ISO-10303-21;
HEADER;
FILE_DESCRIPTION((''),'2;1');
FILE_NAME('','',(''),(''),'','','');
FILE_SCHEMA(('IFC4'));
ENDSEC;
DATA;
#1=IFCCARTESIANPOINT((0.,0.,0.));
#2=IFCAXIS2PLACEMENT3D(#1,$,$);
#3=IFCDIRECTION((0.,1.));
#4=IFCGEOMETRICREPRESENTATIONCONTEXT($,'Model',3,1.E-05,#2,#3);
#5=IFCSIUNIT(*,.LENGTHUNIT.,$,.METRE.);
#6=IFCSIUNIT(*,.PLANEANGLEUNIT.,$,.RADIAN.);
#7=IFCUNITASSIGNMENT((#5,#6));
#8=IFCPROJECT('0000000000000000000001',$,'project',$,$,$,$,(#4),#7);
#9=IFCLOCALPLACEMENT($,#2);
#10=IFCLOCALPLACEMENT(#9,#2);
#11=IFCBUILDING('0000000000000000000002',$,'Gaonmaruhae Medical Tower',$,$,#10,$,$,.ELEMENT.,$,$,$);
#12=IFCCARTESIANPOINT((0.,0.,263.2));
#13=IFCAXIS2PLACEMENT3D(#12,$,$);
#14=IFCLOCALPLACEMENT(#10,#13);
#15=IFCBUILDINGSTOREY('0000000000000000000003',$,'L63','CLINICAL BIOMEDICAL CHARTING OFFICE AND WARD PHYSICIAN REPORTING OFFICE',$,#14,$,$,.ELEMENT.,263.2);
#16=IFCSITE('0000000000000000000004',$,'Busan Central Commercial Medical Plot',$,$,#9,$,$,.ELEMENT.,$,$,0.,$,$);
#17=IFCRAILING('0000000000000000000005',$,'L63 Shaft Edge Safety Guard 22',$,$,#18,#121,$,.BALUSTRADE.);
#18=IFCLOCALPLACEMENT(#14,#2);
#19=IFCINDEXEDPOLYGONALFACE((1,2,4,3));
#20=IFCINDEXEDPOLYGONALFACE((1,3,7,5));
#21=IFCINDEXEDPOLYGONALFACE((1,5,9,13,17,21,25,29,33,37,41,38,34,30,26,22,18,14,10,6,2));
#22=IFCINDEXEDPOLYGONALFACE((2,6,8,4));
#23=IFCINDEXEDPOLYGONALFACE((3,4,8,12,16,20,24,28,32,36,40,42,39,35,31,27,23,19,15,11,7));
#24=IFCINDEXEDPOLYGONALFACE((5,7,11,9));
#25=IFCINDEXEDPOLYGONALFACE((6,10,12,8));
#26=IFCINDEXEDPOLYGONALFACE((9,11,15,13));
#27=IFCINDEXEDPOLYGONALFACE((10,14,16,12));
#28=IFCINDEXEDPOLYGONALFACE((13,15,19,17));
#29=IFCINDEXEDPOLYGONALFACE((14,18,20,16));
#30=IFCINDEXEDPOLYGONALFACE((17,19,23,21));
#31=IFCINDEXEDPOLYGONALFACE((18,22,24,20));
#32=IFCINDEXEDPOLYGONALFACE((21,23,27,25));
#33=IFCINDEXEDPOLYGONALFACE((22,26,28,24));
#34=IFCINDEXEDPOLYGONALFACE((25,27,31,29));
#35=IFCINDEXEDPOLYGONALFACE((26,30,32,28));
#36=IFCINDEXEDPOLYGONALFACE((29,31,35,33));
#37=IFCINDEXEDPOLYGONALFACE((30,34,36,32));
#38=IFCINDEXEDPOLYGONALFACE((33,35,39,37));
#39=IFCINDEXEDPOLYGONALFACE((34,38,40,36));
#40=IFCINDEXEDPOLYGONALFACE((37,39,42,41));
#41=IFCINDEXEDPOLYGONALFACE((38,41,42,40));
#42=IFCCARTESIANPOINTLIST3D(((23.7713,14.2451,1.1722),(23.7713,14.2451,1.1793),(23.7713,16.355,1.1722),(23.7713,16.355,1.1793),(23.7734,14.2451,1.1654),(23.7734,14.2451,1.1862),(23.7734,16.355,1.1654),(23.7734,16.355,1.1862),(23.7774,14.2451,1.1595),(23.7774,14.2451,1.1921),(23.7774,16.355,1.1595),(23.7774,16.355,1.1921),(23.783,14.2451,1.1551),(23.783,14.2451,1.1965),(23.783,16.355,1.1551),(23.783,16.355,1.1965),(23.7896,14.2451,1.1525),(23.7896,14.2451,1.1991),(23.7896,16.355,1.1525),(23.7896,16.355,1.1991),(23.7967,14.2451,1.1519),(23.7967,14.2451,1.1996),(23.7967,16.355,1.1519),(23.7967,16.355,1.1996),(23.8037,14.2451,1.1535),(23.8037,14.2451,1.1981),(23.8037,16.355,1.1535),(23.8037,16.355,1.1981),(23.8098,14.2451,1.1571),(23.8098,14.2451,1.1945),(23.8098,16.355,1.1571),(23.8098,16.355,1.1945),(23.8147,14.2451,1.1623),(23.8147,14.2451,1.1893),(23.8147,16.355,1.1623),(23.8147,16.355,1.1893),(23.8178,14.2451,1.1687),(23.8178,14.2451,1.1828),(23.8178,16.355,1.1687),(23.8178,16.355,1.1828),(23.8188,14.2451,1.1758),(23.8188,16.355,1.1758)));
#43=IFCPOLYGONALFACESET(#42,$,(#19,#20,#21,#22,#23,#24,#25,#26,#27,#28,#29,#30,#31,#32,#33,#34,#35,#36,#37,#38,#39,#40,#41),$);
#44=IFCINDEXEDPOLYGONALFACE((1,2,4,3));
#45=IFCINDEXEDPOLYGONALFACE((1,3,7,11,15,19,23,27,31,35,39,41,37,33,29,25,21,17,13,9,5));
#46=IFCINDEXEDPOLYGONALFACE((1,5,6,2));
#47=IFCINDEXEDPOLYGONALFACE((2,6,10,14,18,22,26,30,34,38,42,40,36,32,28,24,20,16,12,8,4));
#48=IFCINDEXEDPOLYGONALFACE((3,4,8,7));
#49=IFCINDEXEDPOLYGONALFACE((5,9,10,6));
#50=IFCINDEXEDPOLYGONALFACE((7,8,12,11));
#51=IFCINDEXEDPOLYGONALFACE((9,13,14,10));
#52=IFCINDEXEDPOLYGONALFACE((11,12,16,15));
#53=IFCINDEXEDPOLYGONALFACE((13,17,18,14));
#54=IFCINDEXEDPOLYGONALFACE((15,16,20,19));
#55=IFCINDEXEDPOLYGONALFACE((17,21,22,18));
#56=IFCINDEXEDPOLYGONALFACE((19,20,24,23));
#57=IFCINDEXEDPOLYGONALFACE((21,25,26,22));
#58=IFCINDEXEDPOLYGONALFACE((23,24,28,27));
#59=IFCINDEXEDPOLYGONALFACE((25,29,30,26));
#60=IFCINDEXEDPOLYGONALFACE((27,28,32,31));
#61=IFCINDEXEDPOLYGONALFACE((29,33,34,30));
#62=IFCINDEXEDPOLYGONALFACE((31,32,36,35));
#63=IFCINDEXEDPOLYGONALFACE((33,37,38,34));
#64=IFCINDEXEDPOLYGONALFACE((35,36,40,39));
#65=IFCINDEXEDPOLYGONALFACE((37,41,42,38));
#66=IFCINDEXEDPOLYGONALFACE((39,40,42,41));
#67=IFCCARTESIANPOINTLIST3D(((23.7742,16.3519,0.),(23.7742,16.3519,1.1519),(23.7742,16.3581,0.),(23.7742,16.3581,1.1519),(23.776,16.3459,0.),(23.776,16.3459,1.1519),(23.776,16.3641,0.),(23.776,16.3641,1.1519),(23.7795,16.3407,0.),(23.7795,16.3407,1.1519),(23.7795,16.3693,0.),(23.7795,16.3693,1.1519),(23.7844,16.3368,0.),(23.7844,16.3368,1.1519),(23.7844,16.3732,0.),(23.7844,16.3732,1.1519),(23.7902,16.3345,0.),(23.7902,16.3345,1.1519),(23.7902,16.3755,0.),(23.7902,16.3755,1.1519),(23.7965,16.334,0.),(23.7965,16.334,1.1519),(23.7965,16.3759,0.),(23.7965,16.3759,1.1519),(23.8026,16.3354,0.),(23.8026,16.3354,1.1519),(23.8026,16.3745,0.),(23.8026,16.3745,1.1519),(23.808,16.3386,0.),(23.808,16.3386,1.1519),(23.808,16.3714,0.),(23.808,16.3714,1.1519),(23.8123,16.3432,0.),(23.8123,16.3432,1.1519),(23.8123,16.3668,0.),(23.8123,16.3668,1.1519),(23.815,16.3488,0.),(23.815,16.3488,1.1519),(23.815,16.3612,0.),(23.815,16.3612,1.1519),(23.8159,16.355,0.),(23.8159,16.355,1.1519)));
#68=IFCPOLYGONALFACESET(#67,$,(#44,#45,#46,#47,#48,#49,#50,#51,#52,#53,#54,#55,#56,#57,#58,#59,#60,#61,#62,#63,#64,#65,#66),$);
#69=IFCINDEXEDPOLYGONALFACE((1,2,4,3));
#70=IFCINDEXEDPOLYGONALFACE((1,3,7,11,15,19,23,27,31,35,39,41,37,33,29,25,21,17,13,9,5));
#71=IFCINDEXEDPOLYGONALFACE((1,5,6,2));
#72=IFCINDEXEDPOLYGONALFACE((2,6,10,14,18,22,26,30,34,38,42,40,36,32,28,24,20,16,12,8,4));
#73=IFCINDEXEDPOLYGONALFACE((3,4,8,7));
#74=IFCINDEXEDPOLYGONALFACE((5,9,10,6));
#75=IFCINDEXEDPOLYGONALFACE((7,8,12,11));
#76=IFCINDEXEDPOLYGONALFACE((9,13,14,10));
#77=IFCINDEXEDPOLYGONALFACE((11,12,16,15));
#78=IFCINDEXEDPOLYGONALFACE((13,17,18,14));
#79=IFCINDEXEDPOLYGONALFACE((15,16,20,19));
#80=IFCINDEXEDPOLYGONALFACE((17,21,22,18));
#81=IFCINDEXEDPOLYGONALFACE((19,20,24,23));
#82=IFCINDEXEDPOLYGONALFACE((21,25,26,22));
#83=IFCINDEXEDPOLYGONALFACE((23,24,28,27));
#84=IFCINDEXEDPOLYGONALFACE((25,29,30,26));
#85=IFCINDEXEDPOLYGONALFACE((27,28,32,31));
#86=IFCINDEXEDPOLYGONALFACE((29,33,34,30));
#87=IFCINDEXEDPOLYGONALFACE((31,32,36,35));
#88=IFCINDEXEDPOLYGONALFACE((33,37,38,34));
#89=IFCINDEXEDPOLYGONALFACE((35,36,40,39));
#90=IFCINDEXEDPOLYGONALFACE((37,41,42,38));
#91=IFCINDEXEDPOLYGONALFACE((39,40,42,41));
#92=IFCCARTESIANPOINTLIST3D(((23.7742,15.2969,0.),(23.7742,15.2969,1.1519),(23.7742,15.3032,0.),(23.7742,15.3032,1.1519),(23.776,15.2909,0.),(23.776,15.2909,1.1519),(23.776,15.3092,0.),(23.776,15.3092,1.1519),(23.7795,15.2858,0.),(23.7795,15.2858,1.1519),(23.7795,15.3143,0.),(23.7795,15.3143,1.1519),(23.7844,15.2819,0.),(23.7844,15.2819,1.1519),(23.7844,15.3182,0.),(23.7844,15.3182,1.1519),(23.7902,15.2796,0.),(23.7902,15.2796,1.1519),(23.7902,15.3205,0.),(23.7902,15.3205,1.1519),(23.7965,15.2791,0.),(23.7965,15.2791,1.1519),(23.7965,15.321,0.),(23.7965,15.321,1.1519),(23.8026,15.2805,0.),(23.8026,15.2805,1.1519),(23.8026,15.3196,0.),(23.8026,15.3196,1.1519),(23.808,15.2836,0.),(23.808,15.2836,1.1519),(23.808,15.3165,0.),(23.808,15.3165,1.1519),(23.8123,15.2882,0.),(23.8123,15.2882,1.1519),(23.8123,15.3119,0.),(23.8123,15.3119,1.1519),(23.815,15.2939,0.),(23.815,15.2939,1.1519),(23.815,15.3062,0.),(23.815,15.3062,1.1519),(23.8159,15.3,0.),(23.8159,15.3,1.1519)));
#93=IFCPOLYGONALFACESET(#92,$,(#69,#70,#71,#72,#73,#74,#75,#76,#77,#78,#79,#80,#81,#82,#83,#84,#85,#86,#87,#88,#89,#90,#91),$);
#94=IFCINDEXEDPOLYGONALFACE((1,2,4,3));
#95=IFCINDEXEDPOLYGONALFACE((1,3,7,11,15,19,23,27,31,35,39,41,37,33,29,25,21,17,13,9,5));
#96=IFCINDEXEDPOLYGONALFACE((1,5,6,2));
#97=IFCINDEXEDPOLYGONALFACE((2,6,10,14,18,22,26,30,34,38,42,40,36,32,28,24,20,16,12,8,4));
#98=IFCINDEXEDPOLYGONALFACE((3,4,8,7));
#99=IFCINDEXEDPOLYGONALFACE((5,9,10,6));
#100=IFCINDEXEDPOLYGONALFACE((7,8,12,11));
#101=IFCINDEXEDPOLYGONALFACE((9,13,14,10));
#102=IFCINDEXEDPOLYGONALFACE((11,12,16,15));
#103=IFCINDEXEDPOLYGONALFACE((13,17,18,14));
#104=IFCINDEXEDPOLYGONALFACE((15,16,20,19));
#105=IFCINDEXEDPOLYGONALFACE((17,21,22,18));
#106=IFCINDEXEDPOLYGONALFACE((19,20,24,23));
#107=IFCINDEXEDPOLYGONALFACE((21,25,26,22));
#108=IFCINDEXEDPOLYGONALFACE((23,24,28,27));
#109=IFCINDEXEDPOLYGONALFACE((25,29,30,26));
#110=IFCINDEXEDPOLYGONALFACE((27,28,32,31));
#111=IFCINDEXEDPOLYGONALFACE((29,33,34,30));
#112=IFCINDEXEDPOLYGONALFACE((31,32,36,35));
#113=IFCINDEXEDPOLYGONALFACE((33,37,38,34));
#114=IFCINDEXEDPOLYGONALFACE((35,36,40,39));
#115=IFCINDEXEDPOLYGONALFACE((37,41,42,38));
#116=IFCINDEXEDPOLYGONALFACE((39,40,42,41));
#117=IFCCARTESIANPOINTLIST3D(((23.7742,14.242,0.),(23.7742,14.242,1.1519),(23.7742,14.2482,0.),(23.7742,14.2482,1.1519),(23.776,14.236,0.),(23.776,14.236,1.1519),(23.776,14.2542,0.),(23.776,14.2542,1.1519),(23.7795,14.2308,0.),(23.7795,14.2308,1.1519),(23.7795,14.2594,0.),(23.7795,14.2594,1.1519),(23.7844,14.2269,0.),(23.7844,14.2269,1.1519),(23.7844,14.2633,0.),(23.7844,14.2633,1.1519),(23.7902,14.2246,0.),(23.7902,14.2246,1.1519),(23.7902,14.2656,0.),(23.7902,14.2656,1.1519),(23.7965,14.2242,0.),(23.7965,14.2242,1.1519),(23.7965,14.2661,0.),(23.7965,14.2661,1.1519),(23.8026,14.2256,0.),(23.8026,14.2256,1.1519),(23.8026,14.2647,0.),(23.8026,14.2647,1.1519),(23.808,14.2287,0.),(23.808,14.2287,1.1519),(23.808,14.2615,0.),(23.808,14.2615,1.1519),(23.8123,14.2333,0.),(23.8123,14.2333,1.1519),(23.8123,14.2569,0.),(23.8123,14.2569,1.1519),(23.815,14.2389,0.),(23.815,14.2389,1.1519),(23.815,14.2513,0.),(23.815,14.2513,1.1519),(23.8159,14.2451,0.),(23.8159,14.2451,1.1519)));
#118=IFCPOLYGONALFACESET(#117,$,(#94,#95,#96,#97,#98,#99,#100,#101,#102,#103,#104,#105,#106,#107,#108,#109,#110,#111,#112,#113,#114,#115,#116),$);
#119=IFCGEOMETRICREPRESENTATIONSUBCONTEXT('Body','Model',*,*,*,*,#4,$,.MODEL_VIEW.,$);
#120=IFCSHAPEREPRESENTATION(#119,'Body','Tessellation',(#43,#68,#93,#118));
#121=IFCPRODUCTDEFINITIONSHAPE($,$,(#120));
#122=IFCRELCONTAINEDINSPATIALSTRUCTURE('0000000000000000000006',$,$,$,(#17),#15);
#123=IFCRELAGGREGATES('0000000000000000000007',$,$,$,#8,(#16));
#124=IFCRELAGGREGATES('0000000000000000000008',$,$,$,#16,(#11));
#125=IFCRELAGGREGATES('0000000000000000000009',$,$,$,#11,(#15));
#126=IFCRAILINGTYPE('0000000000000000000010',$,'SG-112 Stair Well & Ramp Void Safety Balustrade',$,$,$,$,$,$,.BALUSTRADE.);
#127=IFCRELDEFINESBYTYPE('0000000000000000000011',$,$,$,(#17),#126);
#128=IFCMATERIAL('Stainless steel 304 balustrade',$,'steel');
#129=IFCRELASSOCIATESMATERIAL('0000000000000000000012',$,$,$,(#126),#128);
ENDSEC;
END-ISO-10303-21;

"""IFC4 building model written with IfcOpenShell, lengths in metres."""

from ifc_helpers import new_model, si_unit, direction, frame, origin, origin_2d, place, context, subcontext, project, spatial, circle, extrude, material, type_object, element, save


model = new_model("IFC4")

# Units and contexts
model_context = context("Model", 3, precision=1e-05, world=origin(), true_north=direction((0.0, 1.0)))
body_context = subcontext(model_context, "Body", "Model", "MODEL_VIEW")
ifc_project = project(units=[si_unit("LENGTHUNIT", "METRE"), si_unit("PLANEANGLEUNIT", "RADIAN")], contexts=[model_context])

# Site, building, storey
site_placement = place(None, origin())
site = spatial("IfcSite", under=ifc_project, at=site_placement, Name="Busan Central Commercial Medical Plot", CompositionType="ELEMENT", RefElevation=0.0)
building_placement = place(site_placement, origin())
building = spatial("IfcBuilding", under=site, at=building_placement, Name="Gaonmaruhae Medical Tower", CompositionType="ELEMENT")
storey_placement = place(building_placement, frame((0.0, 0.0, 263.2)))
storey = spatial("IfcBuildingStorey", under=building, at=storey_placement, Name="L63", Description="CLINICAL BIOMEDICAL CHARTING OFFICE AND WARD PHYSICIAN REPORTING OFFICE", CompositionType="ELEMENT", Elevation=263.2)

# Railing
ifc_material_1 = material(Name="Stainless steel 304 balustrade", Category="steel")
railing_type = type_object("IfcRailingType", Name="SG-112 Stair Well & Ramp Void Safety Balustrade", PredefinedType="BALUSTRADE", material=ifc_material_1)
railing_placement = place(storey_placement, frame((23.7949, 16.355, 0.0)))
element("IfcRailing", 1, at=railing_placement, inside=storey, type_object=railing_type, Name="L63 Shaft Edge Safety Guard 22", PredefinedType="BALUSTRADE", context=body_context, shape_type="SweptSolid", body=[
    extrude(circle(Radius=0.0239, at=origin_2d()), frame((0.0, 0.0, 1.1758), z_axis=(0.0, -1.0, 0.0), x_axis=(1.0, 0.0, 0.0)), (0.0, 0.0, 1.0), 2.1099),
    extrude(circle(Radius=0.021, at=origin_2d()), origin(), (0.0, 0.0, 1.0), 1.1519),
    extrude(circle(Radius=0.021, at=origin_2d()), frame((0.0, -1.0549, 0.0)), (0.0, 0.0, 1.0), 1.1519),
    extrude(circle(Radius=0.021, at=origin_2d()), frame((0.0, -2.1099, 0.0)), (0.0, 0.0, 1.0), 1.1519),
])

save(model, "model.ifc")
